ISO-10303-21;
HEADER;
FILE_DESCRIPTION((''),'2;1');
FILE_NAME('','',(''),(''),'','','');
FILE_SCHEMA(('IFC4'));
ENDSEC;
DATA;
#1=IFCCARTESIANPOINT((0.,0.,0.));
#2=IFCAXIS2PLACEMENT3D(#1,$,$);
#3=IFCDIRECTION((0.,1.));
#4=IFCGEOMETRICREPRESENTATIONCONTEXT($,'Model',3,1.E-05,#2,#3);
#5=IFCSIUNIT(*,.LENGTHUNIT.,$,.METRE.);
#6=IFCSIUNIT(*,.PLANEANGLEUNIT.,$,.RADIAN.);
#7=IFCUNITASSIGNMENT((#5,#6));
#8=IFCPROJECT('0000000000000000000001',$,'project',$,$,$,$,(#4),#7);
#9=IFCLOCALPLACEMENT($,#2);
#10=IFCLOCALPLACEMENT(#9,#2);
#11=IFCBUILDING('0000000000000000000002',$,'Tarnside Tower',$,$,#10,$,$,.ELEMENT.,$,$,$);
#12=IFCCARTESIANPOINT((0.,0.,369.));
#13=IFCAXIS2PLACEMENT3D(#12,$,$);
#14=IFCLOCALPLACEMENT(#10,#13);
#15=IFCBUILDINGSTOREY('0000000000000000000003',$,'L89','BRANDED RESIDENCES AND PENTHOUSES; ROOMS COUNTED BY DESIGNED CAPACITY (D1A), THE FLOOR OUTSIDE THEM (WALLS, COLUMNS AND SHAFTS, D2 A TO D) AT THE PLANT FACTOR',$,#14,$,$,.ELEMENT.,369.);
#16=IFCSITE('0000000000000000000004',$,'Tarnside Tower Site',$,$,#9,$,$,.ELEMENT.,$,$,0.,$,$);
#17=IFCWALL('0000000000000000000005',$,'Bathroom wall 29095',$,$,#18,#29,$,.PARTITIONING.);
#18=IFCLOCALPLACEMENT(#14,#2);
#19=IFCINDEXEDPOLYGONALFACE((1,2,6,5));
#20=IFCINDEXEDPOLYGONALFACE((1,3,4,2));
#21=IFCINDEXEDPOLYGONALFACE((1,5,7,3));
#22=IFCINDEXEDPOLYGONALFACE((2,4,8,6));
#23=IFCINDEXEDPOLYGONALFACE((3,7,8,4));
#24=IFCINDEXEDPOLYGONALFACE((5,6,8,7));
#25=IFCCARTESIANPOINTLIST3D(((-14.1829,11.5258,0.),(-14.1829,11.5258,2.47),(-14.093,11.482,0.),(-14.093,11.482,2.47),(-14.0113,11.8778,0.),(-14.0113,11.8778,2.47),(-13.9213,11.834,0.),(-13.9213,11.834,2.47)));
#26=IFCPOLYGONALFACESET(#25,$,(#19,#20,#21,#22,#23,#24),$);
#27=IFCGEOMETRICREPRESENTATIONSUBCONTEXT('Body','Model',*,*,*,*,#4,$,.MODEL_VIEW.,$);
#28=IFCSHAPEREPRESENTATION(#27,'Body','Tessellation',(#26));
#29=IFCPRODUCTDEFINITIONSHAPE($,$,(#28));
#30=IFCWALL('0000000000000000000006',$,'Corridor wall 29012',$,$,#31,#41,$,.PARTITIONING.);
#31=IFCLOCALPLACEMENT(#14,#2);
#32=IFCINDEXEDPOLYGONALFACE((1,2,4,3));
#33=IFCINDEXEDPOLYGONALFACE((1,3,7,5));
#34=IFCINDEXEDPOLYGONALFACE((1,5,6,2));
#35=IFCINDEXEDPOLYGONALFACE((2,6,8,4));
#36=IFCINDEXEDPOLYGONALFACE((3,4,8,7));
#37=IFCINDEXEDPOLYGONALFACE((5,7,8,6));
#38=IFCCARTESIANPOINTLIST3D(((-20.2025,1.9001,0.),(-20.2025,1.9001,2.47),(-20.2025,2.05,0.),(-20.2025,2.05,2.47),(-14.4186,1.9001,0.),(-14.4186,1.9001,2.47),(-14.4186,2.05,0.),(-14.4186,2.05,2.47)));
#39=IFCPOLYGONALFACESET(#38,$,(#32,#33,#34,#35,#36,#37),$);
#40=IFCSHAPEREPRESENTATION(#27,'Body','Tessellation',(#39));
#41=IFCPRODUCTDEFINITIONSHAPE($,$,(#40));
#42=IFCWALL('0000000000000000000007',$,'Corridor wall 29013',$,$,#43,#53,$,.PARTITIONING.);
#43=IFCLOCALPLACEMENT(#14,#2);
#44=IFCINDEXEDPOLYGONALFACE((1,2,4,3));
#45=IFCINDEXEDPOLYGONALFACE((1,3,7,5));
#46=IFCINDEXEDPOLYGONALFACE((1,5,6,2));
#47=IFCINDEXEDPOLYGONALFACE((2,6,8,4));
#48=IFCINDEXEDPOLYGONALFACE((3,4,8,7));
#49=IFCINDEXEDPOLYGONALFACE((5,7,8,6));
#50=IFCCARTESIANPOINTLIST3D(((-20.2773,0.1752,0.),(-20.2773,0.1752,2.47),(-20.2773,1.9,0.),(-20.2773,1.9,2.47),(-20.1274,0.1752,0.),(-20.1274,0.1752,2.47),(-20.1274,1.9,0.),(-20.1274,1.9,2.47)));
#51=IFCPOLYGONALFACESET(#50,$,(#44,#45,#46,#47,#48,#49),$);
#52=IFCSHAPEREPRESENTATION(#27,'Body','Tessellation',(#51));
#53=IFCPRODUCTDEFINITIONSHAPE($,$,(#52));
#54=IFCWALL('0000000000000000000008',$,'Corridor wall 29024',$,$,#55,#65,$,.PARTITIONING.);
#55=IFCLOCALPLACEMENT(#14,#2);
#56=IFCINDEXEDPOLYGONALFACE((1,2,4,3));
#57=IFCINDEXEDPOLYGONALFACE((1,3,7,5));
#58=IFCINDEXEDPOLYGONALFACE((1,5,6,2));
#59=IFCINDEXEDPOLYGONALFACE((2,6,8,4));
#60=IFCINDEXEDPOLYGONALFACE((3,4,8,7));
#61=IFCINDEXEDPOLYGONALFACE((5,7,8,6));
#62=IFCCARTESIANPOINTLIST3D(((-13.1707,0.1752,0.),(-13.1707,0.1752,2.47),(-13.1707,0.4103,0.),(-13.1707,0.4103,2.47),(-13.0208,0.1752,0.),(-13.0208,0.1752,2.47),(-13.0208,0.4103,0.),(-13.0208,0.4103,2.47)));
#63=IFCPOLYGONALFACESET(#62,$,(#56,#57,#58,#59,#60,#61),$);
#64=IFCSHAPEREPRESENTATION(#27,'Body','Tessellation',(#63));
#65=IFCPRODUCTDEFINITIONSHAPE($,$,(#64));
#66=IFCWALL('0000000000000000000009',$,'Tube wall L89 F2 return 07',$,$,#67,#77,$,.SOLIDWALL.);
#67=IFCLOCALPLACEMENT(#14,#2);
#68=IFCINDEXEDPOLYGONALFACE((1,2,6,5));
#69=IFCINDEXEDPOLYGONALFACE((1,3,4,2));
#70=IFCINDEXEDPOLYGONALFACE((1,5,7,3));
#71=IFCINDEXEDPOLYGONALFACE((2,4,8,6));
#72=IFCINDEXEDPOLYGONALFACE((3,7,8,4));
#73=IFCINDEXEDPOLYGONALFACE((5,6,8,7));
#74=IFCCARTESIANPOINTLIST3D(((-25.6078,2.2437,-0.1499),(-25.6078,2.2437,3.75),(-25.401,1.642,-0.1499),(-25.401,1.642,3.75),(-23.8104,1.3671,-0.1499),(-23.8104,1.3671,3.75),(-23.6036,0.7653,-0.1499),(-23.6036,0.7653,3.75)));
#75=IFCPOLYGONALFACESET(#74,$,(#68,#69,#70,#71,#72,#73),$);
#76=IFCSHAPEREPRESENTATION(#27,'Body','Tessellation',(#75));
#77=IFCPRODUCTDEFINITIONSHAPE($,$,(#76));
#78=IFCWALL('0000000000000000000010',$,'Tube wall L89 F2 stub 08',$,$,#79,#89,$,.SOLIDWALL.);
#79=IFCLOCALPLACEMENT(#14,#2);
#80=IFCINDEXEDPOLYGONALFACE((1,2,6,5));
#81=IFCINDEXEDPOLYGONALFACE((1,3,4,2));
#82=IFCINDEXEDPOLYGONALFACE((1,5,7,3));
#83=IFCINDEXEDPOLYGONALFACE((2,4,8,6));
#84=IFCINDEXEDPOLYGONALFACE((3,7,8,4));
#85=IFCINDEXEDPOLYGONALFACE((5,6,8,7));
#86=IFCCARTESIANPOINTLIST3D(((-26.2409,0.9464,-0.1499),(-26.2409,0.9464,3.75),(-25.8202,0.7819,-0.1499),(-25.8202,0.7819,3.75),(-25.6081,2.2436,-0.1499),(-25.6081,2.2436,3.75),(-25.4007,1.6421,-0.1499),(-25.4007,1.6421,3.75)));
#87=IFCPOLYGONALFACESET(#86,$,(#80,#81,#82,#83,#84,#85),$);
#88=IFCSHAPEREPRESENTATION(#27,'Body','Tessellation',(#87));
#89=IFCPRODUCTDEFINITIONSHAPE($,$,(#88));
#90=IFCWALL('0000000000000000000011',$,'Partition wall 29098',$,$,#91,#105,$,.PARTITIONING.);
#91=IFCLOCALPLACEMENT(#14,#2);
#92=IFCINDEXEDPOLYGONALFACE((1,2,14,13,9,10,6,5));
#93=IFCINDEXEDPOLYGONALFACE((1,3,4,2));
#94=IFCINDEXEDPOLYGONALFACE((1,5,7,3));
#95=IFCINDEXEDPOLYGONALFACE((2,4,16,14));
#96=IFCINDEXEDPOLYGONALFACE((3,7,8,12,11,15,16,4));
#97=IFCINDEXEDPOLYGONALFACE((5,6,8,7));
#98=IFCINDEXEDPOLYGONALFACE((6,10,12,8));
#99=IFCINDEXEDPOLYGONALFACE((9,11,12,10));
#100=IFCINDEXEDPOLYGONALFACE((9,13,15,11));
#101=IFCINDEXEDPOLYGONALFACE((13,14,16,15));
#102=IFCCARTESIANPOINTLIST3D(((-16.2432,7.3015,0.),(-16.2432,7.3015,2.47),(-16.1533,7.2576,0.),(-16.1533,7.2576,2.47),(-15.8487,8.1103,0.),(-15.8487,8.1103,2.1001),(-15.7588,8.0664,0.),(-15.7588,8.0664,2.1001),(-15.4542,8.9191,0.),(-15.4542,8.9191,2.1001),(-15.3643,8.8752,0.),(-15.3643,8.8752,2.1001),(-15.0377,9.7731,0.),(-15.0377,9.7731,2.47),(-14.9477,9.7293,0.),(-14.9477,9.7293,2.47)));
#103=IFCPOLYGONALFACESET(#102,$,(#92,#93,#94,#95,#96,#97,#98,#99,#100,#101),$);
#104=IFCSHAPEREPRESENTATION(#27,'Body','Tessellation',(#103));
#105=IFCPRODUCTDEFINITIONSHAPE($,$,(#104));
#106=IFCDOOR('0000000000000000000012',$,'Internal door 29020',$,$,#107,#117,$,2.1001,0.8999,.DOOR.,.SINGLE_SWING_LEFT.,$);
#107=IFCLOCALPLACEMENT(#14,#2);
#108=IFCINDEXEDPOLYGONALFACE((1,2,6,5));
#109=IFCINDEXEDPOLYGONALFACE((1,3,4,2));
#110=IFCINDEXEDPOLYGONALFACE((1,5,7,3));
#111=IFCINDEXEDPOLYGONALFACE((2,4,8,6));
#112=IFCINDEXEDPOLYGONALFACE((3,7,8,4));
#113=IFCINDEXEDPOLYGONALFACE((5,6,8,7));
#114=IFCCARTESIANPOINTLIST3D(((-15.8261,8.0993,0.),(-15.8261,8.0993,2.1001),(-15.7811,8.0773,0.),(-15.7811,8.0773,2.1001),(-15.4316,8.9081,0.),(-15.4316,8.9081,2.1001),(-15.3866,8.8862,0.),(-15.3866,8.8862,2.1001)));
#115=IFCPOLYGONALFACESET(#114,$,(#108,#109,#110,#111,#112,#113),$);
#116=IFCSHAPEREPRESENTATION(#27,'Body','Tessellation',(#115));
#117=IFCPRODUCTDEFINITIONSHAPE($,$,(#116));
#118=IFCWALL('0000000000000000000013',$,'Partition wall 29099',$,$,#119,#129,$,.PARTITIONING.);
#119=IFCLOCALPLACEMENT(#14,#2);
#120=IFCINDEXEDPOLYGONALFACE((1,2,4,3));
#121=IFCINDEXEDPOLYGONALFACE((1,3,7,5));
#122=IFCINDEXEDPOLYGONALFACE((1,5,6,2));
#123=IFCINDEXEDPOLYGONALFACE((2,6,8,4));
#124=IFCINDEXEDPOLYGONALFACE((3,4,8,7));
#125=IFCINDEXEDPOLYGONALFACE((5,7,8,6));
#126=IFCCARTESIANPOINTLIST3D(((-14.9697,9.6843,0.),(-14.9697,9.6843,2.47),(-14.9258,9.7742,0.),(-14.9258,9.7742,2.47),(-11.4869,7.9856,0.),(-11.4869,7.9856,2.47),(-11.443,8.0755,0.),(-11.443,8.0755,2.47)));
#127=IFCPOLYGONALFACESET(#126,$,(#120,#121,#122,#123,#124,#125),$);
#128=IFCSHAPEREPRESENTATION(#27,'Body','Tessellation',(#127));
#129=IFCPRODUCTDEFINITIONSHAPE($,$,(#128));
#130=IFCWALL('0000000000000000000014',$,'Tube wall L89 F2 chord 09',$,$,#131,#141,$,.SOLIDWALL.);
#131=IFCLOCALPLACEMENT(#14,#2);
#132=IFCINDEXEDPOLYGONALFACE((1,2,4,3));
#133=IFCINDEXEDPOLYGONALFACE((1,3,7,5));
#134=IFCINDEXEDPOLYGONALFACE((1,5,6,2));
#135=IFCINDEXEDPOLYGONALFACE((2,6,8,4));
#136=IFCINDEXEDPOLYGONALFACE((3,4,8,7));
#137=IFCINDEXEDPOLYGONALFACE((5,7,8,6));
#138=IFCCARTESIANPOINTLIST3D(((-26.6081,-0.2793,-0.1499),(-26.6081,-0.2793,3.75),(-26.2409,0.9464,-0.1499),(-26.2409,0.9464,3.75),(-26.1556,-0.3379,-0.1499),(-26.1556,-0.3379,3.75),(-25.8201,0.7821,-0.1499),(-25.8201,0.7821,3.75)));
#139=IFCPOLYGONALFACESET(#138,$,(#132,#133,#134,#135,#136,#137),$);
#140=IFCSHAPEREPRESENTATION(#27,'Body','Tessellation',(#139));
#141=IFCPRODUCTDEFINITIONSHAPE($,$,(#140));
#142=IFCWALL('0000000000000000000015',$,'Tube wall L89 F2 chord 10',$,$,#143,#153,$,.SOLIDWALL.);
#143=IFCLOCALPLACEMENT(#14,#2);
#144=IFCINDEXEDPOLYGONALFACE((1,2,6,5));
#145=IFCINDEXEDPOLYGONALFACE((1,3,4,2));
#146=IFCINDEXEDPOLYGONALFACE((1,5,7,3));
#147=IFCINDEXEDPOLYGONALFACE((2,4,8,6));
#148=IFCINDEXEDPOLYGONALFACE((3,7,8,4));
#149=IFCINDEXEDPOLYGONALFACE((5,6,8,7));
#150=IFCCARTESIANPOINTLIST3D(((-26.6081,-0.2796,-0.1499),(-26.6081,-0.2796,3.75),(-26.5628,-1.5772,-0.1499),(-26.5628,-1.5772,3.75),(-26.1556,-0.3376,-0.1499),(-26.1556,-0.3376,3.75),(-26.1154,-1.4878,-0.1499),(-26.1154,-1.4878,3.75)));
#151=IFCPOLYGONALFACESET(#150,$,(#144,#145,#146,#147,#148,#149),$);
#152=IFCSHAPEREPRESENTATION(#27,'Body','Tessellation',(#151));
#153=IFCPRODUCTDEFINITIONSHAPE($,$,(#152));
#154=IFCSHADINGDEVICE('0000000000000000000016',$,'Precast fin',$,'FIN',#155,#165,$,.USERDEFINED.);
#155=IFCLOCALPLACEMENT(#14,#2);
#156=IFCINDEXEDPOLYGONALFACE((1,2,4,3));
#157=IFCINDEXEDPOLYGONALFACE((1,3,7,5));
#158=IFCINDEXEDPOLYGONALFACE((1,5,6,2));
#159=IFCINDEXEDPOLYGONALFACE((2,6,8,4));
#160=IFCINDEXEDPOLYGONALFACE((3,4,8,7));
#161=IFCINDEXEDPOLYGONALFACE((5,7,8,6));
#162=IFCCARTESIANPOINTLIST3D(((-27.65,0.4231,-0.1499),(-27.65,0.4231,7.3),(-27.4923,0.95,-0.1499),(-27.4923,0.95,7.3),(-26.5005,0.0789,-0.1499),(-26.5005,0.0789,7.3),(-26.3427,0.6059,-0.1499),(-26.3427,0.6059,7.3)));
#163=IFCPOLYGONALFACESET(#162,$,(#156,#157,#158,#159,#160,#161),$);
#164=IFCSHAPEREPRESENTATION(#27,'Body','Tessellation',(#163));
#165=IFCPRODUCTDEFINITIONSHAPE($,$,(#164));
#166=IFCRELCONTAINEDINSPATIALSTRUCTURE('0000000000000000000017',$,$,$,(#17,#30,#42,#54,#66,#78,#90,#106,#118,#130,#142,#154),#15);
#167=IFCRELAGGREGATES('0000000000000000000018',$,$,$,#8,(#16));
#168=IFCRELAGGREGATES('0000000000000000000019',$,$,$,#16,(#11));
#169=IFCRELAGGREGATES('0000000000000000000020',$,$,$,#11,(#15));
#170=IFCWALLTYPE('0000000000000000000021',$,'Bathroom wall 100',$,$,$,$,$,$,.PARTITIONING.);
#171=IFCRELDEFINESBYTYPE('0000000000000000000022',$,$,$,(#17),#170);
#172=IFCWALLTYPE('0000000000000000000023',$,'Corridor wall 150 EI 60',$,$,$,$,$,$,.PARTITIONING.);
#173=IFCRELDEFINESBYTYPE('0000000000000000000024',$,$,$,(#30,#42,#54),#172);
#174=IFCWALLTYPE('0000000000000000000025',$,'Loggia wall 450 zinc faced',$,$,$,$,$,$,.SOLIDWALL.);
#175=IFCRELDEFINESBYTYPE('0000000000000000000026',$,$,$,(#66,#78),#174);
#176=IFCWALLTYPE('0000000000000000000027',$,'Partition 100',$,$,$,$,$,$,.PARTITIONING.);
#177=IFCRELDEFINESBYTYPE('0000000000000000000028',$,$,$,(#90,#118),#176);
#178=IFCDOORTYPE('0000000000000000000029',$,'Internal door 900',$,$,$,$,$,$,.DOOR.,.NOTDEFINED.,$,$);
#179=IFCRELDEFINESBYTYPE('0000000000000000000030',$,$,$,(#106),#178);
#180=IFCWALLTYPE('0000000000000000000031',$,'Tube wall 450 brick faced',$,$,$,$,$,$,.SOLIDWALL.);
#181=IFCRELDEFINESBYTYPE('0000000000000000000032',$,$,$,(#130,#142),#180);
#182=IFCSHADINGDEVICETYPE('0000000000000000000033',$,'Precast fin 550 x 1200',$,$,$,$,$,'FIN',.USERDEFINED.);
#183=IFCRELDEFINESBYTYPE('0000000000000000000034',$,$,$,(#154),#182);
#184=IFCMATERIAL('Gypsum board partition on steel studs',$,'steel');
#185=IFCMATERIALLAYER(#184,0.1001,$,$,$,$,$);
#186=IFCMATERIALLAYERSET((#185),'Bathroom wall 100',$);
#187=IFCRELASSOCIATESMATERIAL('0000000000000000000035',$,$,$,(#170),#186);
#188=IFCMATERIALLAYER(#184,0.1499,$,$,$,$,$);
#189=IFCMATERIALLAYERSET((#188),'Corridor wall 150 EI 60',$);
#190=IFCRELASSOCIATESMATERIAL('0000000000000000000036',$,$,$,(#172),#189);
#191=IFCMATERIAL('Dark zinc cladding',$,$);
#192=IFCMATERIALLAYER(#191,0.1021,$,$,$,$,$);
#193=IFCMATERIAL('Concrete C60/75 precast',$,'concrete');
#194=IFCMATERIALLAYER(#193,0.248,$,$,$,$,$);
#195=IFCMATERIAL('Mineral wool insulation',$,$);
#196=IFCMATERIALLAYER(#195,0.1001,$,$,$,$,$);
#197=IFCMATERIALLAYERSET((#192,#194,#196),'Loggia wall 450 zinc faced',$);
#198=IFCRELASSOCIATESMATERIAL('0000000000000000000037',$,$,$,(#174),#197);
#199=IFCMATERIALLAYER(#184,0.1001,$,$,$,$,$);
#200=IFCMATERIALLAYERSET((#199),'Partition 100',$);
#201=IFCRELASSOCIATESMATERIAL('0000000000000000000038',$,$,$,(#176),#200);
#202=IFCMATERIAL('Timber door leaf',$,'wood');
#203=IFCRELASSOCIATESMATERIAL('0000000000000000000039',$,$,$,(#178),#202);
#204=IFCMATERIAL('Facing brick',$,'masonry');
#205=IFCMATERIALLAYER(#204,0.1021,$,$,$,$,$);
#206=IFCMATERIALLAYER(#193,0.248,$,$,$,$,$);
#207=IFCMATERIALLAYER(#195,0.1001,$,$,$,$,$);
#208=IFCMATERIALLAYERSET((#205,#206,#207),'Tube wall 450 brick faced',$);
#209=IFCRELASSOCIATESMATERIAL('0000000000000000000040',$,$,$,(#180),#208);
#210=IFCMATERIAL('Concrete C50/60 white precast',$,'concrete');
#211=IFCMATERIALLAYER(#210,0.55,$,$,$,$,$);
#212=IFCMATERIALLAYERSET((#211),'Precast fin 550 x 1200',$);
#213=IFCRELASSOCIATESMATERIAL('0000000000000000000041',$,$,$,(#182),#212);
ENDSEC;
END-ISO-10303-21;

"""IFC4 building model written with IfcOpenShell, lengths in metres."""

from ifc_helpers import new_model, si_unit, direction, frame, frame_2d, origin, place, context, subcontext, project, spatial, polyline, rectangle, outline, extrude, material, layer, layer_set, type_object, element, fill, save


model = new_model("IFC4")

# Units and contexts
model_context = context("Model", 3, precision=1e-05, world=origin(), true_north=direction((0.0, 1.0)))
body_context = subcontext(model_context, "Body", "Model", "MODEL_VIEW")
ifc_project = project(units=[si_unit("LENGTHUNIT", "METRE"), si_unit("PLANEANGLEUNIT", "RADIAN")], contexts=[model_context])

# Site, building, storey
site_placement = place(None, origin())
site = spatial("IfcSite", under=ifc_project, at=site_placement, Name="Tarnside Tower Site", CompositionType="ELEMENT", RefElevation=0.0)
building_placement = place(site_placement, origin())
building = spatial("IfcBuilding", under=site, at=building_placement, Name="Tarnside Tower", CompositionType="ELEMENT")
storey_placement = place(building_placement, frame((0.0, 0.0, 369.0)))
storey = spatial("IfcBuildingStorey", under=building, at=storey_placement, Name="L89", Description="BRANDED RESIDENCES AND PENTHOUSES; ROOMS COUNTED BY DESIGNED CAPACITY (D1A), THE FLOOR OUTSIDE THEM (WALLS, COLUMNS AND SHAFTS, D2 A TO D) AT THE PLANT FACTOR", CompositionType="ELEMENT", Elevation=369.0)

# Walls
ifc_material_1 = material(Name="Gypsum board partition on steel studs", Category="steel")
ifc_layer_1 = layer(ifc_material_1, 0.1001)
ifc_layer_set_1 = layer_set([ifc_layer_1], Name="Bathroom wall 100")
wall_type_1 = type_object("IfcWallType", Name="Bathroom wall 100", PredefinedType="PARTITIONING", material=ifc_layer_set_1)
wall_1_placement = place(storey_placement, frame((-14.1379, 11.5039, 0.0), z_axis=(0.0, 0.0, 1.0), x_axis=(0.438215, 0.89887, 0.0)))
element("IfcWall", 1, at=wall_1_placement, inside=storey, type_object=wall_type_1, Name="Bathroom wall 29095", PredefinedType="PARTITIONING", context=body_context, shape_type="SweptSolid", body=[
    extrude(rectangle(XDim=0.3916, YDim=0.1001, at=frame_2d((0.1958, 0.0))), origin(), (0.0, 0.0, 1.0), 2.47),
])
ifc_layer_2 = layer(ifc_material_1, 0.1499)
ifc_layer_set_2 = layer_set([ifc_layer_2], Name="Corridor wall 150 EI 60")
wall_type_2 = type_object("IfcWallType", Name="Corridor wall 150 EI 60", PredefinedType="PARTITIONING", material=ifc_layer_set_2)
wall_2_placement = place(storey_placement, frame((-14.4185, 1.9751, 0.0), z_axis=(0.0, 0.0, 1.0), x_axis=(-1.0, 0.0, 0.0)))
element("IfcWall", 2, at=wall_2_placement, inside=storey, type_object=wall_type_2, Name="Corridor wall 29012", PredefinedType="PARTITIONING", context=body_context, shape_type="SweptSolid", body=[
    extrude(rectangle(XDim=5.7839, YDim=0.1499, at=frame_2d((2.8921, 0.0))), origin(), (0.0, 0.0, 1.0), 2.47),
])
wall_3_placement = place(storey_placement, frame((-20.2024, 1.8999, 0.0), z_axis=(0.0, 0.0, 1.0), x_axis=(0.0, -1.0, 0.0)))
element("IfcWall", 3, at=wall_3_placement, inside=storey, type_object=wall_type_2, Name="Corridor wall 29013", PredefinedType="PARTITIONING", context=body_context, shape_type="SweptSolid", body=[
    extrude(rectangle(XDim=1.7249, YDim=0.1499, at=frame_2d((0.8623, 0.0))), origin(), (0.0, 0.0, 1.0), 2.47),
])
wall_4_placement = place(storey_placement, frame((-13.0957, 0.175, 0.0), z_axis=(0.0, 0.0, 1.0), x_axis=(0.0, 1.0, 0.0)))
element("IfcWall", 4, at=wall_4_placement, inside=storey, type_object=wall_type_2, Name="Corridor wall 29024", PredefinedType="PARTITIONING", context=body_context, shape_type="SweptSolid", body=[
    extrude(rectangle(XDim=0.2351, YDim=0.1499, at=frame_2d((0.1177, 0.0))), origin(), (0.0, 0.0, 1.0), 2.47),
])
ifc_material_2 = material(Name="Dark zinc cladding")
ifc_layer_3 = layer(ifc_material_2, 0.1021)
ifc_material_3 = material(Name="Concrete C60/75 precast", Category="concrete")
ifc_layer_4 = layer(ifc_material_3, 0.248)
ifc_material_4 = material(Name="Mineral wool insulation")
ifc_layer_5 = layer(ifc_material_4, 0.1001)
ifc_layer_set_3 = layer_set([ifc_layer_3, ifc_layer_4, ifc_layer_5], Name="Loggia wall 450 zinc faced")
wall_type_3 = type_object("IfcWallType", Name="Loggia wall 450 zinc faced", PredefinedType="SOLIDWALL", material=ifc_layer_set_3)
wall_5_placement = place(storey_placement, frame((-23.707, 1.0662, -0.1499), z_axis=(0.0, 0.0, 1.0), x_axis=(-0.898779, 0.438402, 0.0)))
element("IfcWall", 5, at=wall_5_placement, inside=storey, type_object=wall_type_3, Name="Tube wall L89 F2 return 07", PredefinedType="SOLIDWALL", context=body_context, shape_type="SweptSolid", body=[
    extrude(outline(polyline([(0.2249, -0.2251), (2.2246, -0.2251), (1.7749, 0.2251), (-0.2249, 0.2251), (0.2249, -0.2251)])), origin(), (0.0, 0.0, 1.0), 3.8999),
])
wall_6_placement = place(storey_placement, frame((-25.5044, 1.9429, -0.1499), z_axis=(0.0, 0.0, 1.0), x_axis=(-0.438404, -0.898778, 0.0)))
element("IfcWall", 6, at=wall_6_placement, inside=storey, type_object=wall_type_3, Name="Tube wall L89 F2 stub 08", PredefinedType="SOLIDWALL", context=body_context, shape_type="SweptSolid", body=[
    extrude(outline(polyline([(-0.2249, -0.2251), (1.2185, -0.2251), (1.1819, 0.2251), (0.2249, 0.2251), (-0.2249, -0.2251)])), origin(), (0.0, 0.0, 1.0), 3.8999),
])

# Wall, opening, door
ifc_layer_6 = layer(ifc_material_1, 0.1001)
ifc_layer_set_4 = layer_set([ifc_layer_6], Name="Partition 100")
wall_type_4 = type_object("IfcWallType", Name="Partition 100", PredefinedType="PARTITIONING", material=ifc_layer_set_4)
wall_7_placement = place(storey_placement, frame((-16.1982, 7.2795, 0.0), z_axis=(0.0, 0.0, 1.0), x_axis=(0.438385, 0.898787, 0.0)))
wall_7 = element("IfcWall", 7, at=wall_7_placement, inside=storey, type_object=wall_type_4, Name="Partition wall 29098", PredefinedType="PARTITIONING", context=body_context, shape_type="SweptSolid", body=[
    extrude(rectangle(XDim=2.75, YDim=0.1001, at=frame_2d((1.375, 0.0))), origin(), (0.0, 0.0, 1.0), 2.47),
])
opening_placement = place(wall_7_placement, frame((0.8999, 0.0, 0.0)))
opening = element("IfcOpeningElement", 8, at=opening_placement, cuts=wall_7, PredefinedType="OPENING", context=body_context, shape_type="SweptSolid", body=[
    extrude(rectangle(XDim=0.8999, YDim=2.1001, at=frame_2d((0.45, 1.05))), frame((0.0, 0.0601, 0.0), z_axis=(0.0, -1.0, 0.0), x_axis=(1.0, 0.0, 0.0)), (0.0, 0.0, 1.0), 0.1201),
])
ifc_material_5 = material(Name="Timber door leaf", Category="wood")
door_type = type_object("IfcDoorType", Name="Internal door 900", OperationType="NOTDEFINED", PredefinedType="DOOR", material=ifc_material_5)
door_placement = place(opening_placement, origin())
door = element("IfcDoor", 9, at=door_placement, inside=storey, type_object=door_type, Name="Internal door 29020", OperationType="SINGLE_SWING_LEFT", OverallHeight=2.1001, OverallWidth=0.8999, PredefinedType="DOOR", context=body_context, shape_type="SweptSolid", body=[
    extrude(rectangle(XDim=0.8999, YDim=2.1001, at=frame_2d((0.45, 1.05))), frame((0.0, 0.0249, 0.0), z_axis=(0.0, -1.0, 0.0), x_axis=(1.0, 0.0, 0.0)), (0.0, 0.0, 1.0), 0.05),
])
fill(opening, door)

# Walls
wall_8_placement = place(storey_placement, frame((-14.9478, 9.7292, 0.0), z_axis=(0.0, 0.0, 1.0), x_axis=(0.898794, -0.438371, 0.0)))
element("IfcWall", 10, at=wall_8_placement, inside=storey, type_object=wall_type_4, Name="Partition wall 29099", PredefinedType="PARTITIONING", context=body_context, shape_type="SweptSolid", body=[
    extrude(rectangle(XDim=3.875, YDim=0.1001, at=frame_2d((1.9375, 0.0))), origin(), (0.0, 0.0, 1.0), 2.47),
])
ifc_material_6 = material(Name="Facing brick", Category="masonry")
ifc_layer_7 = layer(ifc_material_6, 0.1021)
ifc_layer_8 = layer(ifc_material_3, 0.248)
ifc_layer_9 = layer(ifc_material_4, 0.1001)
ifc_layer_set_5 = layer_set([ifc_layer_7, ifc_layer_8, ifc_layer_9], Name="Tube wall 450 brick faced")
wall_type_5 = type_object("IfcWallType", Name="Tube wall 450 brick faced", PredefinedType="SOLIDWALL", material=ifc_layer_set_5)
wall_9_placement = place(storey_placement, frame((-26.0305, 0.8643, -0.1499), z_axis=(0.0, 0.0, 1.0), x_axis=(-0.286945, -0.957947, 0.0)))
element("IfcWall", 11, at=wall_9_placement, inside=storey, type_object=wall_type_5, Name="Tube wall L89 F2 chord 09", PredefinedType="SOLIDWALL", context=body_context, shape_type="SweptSolid", body=[
    extrude(outline(polyline([(-0.0183, -0.2251), (1.2612, -0.2251), (1.1875, 0.2251), (0.0183, 0.2251), (-0.0183, -0.2251)])), origin(), (0.0, 0.0, 1.0), 3.8999),
])
wall_10_placement = place(storey_placement, frame((-26.3818, -0.3086, -0.1499), z_axis=(0.0, 0.0, 1.0), x_axis=(0.034888, -0.999391, 0.0)))
element("IfcWall", 12, at=wall_10_placement, inside=storey, type_object=wall_type_5, Name="Tube wall L89 F2 chord 10", PredefinedType="SOLIDWALL", context=body_context, shape_type="SweptSolid", body=[
    extrude(outline(polyline([(-0.0369, -0.2251), (1.2615, -0.2251), (1.1877, 0.2251), (0.0369, 0.2251), (-0.0369, -0.2251)])), origin(), (0.0, 0.0, 1.0), 3.8999),
])

# Shading device
ifc_material_7 = material(Name="Concrete C50/60 white precast", Category="concrete")
ifc_layer_10 = layer(ifc_material_7, 0.55)
ifc_layer_set_6 = layer_set([ifc_layer_10], Name="Precast fin 550 x 1200")
shading_device_type_1 = type_object("IfcShadingDeviceType", Name="Precast fin 550 x 1200", ElementType="FIN", PredefinedType="USERDEFINED", material=ifc_layer_set_6)
shading_device_placement = place(storey_placement, frame((-26.4216, 0.3423, -0.1499), z_axis=(0.286803, 0.95799, 0.0), x_axis=(-0.95799, 0.286803, 0.0)))
element("IfcShadingDevice", 13, at=shading_device_placement, inside=storey, type_object=shading_device_type_1, Name="Precast fin", ObjectType="FIN", PredefinedType="USERDEFINED", context=body_context, shape_type="SweptSolid", body=[
    extrude(outline(polyline([(0.0, 0.0), (1.2, 0.0), (1.2, 7.45), (0.0, 7.45), (0.0, 0.0)])), frame((0.0, 0.0, -0.2749)), (0.0, 0.0, 1.0), 0.55),
])

save(model, "model.ifc")
